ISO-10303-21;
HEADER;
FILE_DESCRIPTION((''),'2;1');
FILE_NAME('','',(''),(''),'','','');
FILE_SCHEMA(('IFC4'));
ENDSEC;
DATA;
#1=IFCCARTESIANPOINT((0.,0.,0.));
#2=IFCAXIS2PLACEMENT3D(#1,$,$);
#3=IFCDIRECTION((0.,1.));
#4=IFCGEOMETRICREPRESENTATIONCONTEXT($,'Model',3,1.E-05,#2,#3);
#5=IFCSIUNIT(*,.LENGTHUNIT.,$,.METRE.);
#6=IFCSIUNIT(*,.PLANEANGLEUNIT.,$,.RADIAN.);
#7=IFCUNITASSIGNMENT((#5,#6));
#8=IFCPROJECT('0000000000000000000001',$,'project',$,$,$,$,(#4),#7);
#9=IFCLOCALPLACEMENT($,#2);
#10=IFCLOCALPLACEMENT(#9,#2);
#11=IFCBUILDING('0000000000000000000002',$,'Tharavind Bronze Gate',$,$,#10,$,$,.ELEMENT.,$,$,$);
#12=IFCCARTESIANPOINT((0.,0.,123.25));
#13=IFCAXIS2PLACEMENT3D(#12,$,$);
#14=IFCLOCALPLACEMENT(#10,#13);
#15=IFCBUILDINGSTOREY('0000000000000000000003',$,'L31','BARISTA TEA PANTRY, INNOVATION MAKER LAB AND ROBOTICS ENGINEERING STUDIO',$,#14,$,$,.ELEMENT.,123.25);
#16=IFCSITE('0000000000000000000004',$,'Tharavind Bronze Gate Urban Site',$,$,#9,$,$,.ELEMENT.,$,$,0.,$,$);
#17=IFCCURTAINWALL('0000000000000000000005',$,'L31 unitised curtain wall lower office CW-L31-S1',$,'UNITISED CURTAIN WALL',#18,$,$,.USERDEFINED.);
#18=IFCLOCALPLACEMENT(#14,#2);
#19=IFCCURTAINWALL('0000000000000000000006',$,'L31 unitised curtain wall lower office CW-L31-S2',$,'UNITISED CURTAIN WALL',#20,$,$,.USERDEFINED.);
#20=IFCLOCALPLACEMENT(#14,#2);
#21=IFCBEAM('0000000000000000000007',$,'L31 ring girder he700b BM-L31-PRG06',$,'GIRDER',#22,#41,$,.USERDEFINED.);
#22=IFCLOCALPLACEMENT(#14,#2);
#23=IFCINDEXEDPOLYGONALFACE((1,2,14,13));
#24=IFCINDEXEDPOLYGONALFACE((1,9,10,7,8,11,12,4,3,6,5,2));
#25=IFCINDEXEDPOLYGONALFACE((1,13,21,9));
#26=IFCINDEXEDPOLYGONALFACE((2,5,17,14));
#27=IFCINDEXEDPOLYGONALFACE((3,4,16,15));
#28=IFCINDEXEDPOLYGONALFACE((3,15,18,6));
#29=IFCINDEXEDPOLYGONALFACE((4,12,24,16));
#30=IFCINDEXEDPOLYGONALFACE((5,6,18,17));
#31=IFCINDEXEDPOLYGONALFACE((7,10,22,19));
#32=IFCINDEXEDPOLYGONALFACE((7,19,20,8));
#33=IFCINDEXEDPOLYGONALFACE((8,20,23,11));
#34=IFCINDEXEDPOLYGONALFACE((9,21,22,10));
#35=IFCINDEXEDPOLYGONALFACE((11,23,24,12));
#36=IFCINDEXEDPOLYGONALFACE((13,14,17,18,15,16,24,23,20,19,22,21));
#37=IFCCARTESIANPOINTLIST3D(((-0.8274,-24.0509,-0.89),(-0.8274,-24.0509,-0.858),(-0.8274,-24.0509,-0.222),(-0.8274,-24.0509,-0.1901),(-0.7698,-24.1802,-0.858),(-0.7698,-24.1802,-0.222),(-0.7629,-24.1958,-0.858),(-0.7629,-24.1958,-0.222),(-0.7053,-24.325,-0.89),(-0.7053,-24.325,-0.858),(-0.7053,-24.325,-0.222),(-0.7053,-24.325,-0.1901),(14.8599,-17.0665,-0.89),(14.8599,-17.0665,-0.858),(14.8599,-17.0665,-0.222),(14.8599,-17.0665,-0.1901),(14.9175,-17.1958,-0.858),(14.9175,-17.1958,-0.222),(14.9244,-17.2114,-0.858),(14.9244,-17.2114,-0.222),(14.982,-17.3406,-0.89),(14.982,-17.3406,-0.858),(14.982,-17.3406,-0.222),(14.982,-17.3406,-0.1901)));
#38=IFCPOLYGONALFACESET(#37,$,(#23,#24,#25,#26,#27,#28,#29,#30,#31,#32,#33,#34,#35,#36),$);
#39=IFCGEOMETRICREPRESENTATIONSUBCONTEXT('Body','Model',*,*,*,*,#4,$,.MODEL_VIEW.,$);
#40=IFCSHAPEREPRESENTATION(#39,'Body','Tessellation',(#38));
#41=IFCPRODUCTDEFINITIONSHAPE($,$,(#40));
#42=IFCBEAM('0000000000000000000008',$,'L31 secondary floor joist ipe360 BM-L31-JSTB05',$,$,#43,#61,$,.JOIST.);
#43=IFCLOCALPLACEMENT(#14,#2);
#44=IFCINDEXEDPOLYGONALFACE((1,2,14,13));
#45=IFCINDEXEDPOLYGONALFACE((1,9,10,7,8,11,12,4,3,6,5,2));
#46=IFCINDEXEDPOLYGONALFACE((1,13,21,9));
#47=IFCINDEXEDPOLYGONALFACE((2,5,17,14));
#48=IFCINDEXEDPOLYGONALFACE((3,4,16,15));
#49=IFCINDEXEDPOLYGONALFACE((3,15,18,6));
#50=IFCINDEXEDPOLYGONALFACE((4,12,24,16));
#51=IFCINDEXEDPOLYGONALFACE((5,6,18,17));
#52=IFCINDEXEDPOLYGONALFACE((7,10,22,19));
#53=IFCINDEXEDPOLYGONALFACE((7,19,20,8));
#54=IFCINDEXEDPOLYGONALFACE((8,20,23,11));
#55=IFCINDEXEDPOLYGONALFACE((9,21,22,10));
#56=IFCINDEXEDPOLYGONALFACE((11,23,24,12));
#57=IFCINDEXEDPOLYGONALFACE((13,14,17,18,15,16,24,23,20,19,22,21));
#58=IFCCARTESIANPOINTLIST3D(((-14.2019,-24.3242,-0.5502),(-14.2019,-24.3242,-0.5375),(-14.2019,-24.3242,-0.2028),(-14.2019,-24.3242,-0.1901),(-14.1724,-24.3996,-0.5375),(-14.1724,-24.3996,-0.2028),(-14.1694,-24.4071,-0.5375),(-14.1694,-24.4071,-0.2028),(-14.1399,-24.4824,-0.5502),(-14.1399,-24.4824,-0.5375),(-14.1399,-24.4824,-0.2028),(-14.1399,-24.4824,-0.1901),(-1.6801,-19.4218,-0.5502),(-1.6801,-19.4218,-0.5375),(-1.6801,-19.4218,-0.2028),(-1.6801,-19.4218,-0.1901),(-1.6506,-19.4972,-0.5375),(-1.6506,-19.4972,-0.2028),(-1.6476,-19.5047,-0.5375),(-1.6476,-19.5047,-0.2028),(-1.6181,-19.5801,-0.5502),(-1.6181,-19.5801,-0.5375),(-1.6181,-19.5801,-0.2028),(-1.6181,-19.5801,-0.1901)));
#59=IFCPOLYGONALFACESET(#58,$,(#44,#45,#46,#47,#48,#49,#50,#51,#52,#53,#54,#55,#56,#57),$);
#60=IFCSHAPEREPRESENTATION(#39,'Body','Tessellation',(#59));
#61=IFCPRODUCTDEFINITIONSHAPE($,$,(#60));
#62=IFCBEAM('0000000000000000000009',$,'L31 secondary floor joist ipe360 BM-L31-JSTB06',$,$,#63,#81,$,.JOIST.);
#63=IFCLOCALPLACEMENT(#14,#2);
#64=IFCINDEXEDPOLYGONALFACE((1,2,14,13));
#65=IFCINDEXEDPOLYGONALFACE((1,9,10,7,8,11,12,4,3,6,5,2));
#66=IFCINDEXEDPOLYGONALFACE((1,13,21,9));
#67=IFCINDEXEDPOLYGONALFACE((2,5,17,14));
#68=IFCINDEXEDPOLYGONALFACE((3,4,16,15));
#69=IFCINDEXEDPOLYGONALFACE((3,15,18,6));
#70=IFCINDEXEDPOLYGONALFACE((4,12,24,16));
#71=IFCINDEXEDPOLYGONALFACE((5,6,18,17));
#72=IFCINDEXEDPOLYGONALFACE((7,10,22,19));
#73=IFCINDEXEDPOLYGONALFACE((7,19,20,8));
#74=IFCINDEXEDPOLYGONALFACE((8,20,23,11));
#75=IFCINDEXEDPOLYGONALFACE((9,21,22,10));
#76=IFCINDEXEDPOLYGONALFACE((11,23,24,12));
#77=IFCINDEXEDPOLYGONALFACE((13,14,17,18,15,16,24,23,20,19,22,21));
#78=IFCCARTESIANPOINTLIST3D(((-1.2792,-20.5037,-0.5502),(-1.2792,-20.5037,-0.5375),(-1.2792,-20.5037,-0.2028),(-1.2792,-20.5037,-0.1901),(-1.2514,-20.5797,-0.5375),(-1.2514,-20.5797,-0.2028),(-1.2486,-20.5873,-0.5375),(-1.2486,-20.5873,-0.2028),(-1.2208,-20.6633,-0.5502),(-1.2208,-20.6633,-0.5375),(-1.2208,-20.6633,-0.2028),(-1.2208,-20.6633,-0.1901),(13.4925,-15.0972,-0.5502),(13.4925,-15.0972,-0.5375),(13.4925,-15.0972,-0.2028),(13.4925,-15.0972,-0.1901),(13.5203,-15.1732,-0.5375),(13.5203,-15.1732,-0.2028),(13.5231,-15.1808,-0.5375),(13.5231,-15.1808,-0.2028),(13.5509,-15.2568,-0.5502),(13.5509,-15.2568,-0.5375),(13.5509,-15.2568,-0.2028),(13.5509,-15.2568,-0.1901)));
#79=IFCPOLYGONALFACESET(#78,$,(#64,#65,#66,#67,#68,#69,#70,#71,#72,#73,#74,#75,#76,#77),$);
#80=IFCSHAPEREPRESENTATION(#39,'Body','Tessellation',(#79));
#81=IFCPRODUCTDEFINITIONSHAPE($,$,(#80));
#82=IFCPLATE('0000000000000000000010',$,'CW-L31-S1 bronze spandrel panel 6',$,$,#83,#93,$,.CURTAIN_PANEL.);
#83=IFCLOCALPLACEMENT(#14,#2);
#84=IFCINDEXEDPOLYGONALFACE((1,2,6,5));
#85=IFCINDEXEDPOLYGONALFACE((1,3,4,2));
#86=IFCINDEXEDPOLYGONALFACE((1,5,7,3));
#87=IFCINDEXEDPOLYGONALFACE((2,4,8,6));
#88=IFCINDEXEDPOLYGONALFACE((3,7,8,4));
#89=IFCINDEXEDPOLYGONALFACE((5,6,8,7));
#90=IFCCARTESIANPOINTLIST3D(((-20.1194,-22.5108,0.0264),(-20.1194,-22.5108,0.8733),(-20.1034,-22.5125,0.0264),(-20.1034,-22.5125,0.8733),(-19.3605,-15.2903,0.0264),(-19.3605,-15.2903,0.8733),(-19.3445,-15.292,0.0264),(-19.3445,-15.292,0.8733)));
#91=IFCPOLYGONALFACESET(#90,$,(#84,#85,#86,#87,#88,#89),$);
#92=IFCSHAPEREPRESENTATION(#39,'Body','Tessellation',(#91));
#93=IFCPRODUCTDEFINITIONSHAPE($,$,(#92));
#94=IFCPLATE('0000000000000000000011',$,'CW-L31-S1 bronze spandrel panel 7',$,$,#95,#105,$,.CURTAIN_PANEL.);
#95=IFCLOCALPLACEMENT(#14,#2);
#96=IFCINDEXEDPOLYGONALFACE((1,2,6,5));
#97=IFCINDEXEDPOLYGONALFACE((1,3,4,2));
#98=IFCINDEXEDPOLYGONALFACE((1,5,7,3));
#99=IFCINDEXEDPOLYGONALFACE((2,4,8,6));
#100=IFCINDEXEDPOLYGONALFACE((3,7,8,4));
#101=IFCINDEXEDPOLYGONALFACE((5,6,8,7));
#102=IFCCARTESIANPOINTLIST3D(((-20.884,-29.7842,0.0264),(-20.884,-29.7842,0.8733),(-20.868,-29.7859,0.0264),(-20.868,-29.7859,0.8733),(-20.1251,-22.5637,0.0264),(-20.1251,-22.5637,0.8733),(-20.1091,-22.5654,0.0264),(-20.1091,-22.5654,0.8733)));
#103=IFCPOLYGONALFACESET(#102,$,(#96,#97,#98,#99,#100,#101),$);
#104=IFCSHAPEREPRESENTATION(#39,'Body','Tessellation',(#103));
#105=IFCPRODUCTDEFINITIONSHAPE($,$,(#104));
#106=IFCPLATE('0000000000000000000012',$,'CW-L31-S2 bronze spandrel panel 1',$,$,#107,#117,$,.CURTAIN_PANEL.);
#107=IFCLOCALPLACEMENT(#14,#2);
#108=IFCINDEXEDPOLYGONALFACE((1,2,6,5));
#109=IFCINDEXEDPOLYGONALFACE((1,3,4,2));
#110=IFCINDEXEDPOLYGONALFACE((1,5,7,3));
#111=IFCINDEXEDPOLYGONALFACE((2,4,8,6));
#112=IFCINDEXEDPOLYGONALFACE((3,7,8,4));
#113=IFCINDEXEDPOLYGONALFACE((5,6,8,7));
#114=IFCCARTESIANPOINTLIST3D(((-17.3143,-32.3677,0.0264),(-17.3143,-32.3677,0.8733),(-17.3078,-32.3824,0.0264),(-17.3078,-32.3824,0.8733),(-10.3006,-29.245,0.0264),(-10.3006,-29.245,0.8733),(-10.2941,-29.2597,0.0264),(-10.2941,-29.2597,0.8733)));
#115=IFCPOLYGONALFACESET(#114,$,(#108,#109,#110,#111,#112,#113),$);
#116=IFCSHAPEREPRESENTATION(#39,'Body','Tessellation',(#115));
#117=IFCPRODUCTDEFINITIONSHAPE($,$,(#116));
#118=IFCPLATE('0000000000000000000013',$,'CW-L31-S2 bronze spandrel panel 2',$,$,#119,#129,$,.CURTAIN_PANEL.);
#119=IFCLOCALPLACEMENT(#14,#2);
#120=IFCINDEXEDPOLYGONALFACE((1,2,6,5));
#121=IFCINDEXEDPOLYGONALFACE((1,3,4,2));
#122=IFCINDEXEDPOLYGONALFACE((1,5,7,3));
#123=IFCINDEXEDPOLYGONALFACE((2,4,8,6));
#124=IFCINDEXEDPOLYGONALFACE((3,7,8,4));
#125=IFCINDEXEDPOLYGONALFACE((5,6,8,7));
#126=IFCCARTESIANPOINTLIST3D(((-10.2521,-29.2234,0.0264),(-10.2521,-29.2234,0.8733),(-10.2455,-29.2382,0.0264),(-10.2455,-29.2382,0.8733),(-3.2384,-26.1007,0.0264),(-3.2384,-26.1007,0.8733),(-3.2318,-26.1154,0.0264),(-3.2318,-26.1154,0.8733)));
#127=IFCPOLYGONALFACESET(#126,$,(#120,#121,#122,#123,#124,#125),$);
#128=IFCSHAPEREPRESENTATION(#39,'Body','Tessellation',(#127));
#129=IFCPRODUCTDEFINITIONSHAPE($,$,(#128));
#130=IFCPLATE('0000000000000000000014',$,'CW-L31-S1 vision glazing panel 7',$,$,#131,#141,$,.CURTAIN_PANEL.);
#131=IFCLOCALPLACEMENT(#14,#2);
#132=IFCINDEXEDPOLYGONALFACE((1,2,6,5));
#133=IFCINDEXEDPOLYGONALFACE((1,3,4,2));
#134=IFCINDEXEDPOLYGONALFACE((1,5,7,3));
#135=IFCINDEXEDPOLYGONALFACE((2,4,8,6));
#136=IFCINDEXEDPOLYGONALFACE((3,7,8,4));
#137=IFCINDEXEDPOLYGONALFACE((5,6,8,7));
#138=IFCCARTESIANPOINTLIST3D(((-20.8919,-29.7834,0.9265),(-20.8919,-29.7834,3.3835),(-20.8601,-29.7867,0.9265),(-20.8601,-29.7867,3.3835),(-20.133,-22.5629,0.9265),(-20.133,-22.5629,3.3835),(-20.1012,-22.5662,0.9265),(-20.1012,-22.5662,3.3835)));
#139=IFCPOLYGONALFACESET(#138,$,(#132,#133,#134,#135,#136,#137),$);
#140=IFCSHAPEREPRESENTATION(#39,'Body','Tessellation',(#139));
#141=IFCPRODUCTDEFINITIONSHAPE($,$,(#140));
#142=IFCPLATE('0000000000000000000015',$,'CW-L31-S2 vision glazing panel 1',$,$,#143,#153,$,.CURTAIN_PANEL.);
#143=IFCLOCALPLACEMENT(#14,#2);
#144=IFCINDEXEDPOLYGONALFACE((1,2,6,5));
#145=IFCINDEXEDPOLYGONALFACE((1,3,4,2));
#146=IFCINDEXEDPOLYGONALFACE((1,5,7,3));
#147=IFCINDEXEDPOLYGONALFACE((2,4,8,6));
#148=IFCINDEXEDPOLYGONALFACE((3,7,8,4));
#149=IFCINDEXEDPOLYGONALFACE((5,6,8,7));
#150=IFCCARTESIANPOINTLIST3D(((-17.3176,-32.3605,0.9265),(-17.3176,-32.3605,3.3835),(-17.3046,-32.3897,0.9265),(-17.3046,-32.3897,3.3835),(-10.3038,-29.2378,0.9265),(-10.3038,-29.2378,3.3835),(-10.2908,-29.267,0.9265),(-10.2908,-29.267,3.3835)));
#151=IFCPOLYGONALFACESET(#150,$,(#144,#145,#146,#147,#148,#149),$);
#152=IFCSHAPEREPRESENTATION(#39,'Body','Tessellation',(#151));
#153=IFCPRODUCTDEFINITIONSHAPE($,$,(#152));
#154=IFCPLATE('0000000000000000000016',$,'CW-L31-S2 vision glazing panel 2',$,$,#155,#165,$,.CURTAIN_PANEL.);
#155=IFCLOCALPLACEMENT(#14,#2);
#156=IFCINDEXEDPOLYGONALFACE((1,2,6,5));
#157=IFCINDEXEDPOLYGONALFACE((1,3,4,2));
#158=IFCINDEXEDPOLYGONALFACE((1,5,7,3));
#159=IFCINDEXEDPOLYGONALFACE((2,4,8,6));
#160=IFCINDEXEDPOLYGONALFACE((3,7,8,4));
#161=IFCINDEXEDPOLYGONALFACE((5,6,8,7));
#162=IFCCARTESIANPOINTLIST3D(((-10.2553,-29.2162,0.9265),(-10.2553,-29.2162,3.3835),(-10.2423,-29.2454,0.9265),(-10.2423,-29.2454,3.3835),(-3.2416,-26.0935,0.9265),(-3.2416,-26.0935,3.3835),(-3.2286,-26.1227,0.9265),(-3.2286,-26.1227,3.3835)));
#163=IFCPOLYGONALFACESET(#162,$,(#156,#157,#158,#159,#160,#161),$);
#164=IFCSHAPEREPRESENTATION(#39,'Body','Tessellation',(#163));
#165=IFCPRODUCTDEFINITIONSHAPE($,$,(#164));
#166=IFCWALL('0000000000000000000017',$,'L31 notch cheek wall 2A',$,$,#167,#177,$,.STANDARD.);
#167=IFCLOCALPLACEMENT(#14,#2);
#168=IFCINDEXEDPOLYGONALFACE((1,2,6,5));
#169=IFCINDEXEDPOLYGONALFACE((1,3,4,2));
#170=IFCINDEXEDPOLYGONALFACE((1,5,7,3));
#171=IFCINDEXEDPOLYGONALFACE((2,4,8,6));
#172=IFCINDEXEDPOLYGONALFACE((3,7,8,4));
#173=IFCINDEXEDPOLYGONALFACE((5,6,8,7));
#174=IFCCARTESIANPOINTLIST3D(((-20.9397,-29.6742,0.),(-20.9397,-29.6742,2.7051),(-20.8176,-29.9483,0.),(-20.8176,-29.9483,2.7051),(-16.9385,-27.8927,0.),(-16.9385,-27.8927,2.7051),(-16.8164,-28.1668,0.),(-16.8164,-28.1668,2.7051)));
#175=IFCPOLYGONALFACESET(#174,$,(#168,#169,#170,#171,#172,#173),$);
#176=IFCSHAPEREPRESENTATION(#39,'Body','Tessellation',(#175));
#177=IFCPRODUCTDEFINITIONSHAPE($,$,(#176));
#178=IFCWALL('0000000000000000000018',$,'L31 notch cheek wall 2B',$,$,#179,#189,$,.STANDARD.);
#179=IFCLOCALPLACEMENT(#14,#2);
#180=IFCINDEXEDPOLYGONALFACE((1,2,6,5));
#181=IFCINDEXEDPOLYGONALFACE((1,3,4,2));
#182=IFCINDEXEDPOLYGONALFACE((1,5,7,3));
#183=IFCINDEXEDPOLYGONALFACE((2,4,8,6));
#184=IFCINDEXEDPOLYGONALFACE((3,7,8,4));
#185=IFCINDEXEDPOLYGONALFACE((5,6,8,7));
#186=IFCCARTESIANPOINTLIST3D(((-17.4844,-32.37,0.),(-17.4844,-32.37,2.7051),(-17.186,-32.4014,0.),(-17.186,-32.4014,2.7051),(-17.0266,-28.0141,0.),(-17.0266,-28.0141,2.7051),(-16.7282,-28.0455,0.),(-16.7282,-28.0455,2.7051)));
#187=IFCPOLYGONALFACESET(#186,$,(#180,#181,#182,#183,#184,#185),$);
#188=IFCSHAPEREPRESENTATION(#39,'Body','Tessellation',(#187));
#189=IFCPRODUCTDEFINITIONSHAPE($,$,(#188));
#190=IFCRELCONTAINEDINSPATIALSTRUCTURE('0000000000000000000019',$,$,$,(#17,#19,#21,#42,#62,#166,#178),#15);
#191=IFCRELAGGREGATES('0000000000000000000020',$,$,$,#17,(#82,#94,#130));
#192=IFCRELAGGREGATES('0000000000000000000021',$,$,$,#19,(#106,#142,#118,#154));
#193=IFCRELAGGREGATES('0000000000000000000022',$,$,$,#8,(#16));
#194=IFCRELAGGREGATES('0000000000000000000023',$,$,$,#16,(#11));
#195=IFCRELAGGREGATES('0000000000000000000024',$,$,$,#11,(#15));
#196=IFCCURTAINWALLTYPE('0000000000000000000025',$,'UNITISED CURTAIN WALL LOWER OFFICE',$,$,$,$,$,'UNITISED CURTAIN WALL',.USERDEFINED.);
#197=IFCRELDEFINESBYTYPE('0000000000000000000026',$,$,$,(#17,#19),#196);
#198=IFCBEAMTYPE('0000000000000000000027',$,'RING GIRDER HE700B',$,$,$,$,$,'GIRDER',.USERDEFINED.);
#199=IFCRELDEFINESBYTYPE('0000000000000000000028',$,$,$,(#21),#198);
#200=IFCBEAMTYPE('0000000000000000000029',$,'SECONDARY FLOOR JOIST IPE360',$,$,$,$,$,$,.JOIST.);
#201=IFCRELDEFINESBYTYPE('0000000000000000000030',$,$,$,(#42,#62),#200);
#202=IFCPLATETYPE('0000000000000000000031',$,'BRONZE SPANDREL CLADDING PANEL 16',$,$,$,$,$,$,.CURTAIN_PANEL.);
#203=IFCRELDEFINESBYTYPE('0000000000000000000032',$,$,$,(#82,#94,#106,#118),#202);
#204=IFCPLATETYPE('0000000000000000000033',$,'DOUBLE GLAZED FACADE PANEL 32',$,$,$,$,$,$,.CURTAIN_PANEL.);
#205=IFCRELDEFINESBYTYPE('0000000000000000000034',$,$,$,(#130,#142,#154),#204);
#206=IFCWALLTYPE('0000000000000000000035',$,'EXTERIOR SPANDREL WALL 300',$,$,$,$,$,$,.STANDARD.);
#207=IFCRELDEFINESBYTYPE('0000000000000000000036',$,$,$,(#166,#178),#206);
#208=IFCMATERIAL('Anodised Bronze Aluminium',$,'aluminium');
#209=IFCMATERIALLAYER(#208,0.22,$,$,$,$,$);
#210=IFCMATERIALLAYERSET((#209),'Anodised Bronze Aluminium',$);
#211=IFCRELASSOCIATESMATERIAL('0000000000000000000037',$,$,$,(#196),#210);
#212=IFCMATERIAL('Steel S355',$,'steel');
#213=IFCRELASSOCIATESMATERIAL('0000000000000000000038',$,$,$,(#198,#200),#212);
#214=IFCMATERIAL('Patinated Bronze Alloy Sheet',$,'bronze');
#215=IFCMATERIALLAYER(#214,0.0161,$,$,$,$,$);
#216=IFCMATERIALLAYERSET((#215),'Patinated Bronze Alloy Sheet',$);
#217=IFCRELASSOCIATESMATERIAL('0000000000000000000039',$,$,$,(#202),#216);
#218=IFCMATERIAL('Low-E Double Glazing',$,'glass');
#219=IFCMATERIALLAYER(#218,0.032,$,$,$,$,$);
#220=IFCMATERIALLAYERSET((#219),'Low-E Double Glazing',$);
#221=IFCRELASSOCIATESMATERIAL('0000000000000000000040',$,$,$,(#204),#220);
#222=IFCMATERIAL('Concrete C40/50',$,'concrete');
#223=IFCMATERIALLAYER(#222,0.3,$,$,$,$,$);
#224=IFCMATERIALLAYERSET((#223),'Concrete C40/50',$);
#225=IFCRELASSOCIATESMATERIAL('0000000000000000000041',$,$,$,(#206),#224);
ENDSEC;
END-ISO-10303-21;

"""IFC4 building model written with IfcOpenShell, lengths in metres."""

from ifc_helpers import new_model, si_unit, direction, frame, frame_2d, origin, origin_2d, place, context, subcontext, project, spatial, rectangle, i_section, extrude, material, layer, layer_set, material_profile, profile_set, type_object, element, aggregate, save


model = new_model("IFC4")

# Units and contexts
model_context = context("Model", 3, precision=1e-05, world=origin(), true_north=direction((0.0, 1.0)))
body_context = subcontext(model_context, "Body", "Model", "MODEL_VIEW")
ifc_project = project(units=[si_unit("LENGTHUNIT", "METRE"), si_unit("PLANEANGLEUNIT", "RADIAN")], contexts=[model_context])

# Site, building, storey
site_placement = place(None, origin())
site = spatial("IfcSite", under=ifc_project, at=site_placement, Name="Tharavind Bronze Gate Urban Site", CompositionType="ELEMENT", RefElevation=0.0)
building_placement = place(site_placement, origin())
building = spatial("IfcBuilding", under=site, at=building_placement, Name="Tharavind Bronze Gate", CompositionType="ELEMENT")
storey_placement = place(building_placement, frame((0.0, 0.0, 123.25)))
storey = spatial("IfcBuildingStorey", under=building, at=storey_placement, Name="L31", Description="BARISTA TEA PANTRY, INNOVATION MAKER LAB AND ROBOTICS ENGINEERING STUDIO", CompositionType="ELEMENT", Elevation=123.25)

# Curtain walls
ifc_material_1 = material(Name="Anodised Bronze Aluminium", Category="aluminium")
ifc_layer_1 = layer(ifc_material_1, 0.22)
ifc_layer_set_1 = layer_set([ifc_layer_1], Name="Anodised Bronze Aluminium")
curtain_wall_type = type_object("IfcCurtainWallType", Name="UNITISED CURTAIN WALL LOWER OFFICE", ElementType="UNITISED CURTAIN WALL", PredefinedType="USERDEFINED", material=ifc_layer_set_1)
curtain_wall_1_placement = place(storey_placement, origin())
curtain_wall_1 = element("IfcCurtainWall", 1, at=curtain_wall_1_placement, inside=storey, type_object=curtain_wall_type, Name="L31 unitised curtain wall lower office CW-L31-S1", ObjectType="UNITISED CURTAIN WALL", PredefinedType="USERDEFINED")
curtain_wall_2_placement = place(storey_placement, origin())
curtain_wall_2 = element("IfcCurtainWall", 2, at=curtain_wall_2_placement, inside=storey, type_object=curtain_wall_type, Name="L31 unitised curtain wall lower office CW-L31-S2", ObjectType="UNITISED CURTAIN WALL", PredefinedType="USERDEFINED")

# Beams
ifc_material_2 = material(Name="Steel S355", Category="steel")
ifc_material_profile_1 = material_profile(ifc_material_2, i_section(OverallWidth=0.3, OverallDepth=0.7, WebThickness=0.0171, FlangeThickness=0.032, at=origin_2d()), Name="HE700B")
ifc_profile_set_1 = profile_set([ifc_material_profile_1], Name="Steel S355")
beam_type_1 = type_object("IfcBeamType", Name="RING GIRDER HE700B", ElementType="GIRDER", PredefinedType="USERDEFINED", material=ifc_profile_set_1)
for number, where, z_axis, x_axis, name in (
    (3, (-0.7664, -24.188, -0.54), (0.913546, 0.406735, 0.0), (-0.406735, 0.913546, 0.0), "L31 ring girder he700b BM-L31-PRG06"),
):
    element("IfcBeam", number, at=place(storey_placement, frame(where, z_axis=z_axis, x_axis=x_axis)), inside=storey, type_object=beam_type_1, Name=name, ObjectType="GIRDER", PredefinedType="USERDEFINED", context=body_context, shape_type="SweptSolid", body=[
        extrude(i_section(OverallWidth=0.3, OverallDepth=0.7, WebThickness=0.0171, FlangeThickness=0.032, at=origin_2d()), origin(), (0.0, 0.0, 1.0), 17.1719),
    ])
ifc_material_profile_2 = material_profile(ifc_material_2, i_section(OverallWidth=0.1699, OverallDepth=0.3601, WebThickness=0.0081, FlangeThickness=0.0127, at=origin_2d()), Name="IPE360")
ifc_profile_set_2 = profile_set([ifc_material_profile_2], Name="Steel S355")
beam_type_2 = type_object("IfcBeamType", Name="SECONDARY FLOOR JOIST IPE360", PredefinedType="JOIST", material=ifc_profile_set_2)
beam_1_placement = place(storey_placement, frame((-14.1709, -24.4033, -0.3701), z_axis=(0.931179, 0.364563, 0.0), x_axis=(-0.364563, 0.931179, 0.0)))
element("IfcBeam", 4, at=beam_1_placement, inside=storey, type_object=beam_type_2, Name="L31 secondary floor joist ipe360 BM-L31-JSTB05", PredefinedType="JOIST", context=body_context, shape_type="SweptSolid", body=[
    extrude(i_section(OverallWidth=0.1699, OverallDepth=0.3601, WebThickness=0.0081, FlangeThickness=0.0127, at=origin_2d()), origin(), (0.0, 0.0, 1.0), 13.4473),
])
beam_2_placement = place(storey_placement, frame((-1.25, -20.5835, -0.3701), z_axis=(0.939078, 0.343705, 0.0), x_axis=(-0.343705, 0.939078, 0.0)))
element("IfcBeam", 5, at=beam_2_placement, inside=storey, type_object=beam_type_2, Name="L31 secondary floor joist ipe360 BM-L31-JSTB06", PredefinedType="JOIST", context=body_context, shape_type="SweptSolid", body=[
    extrude(i_section(OverallWidth=0.1699, OverallDepth=0.3601, WebThickness=0.0081, FlangeThickness=0.0127, at=origin_2d()), origin(), (0.0, 0.0, 1.0), 15.73),
])

# Plates
ifc_material_3 = material(Name="Patinated Bronze Alloy Sheet", Category="bronze")
ifc_layer_2 = layer(ifc_material_3, 0.0161)
ifc_layer_set_2 = layer_set([ifc_layer_2], Name="Patinated Bronze Alloy Sheet")
plate_type_1 = type_object("IfcPlateType", Name="BRONZE SPANDREL CLADDING PANEL 16", PredefinedType="CURTAIN_PANEL", material=ifc_layer_set_2)
plate_1_placement = place(storey_placement, frame((-19.7319, -18.9014, 0.0264), z_axis=(0.0, 0.0, 1.0), x_axis=(-0.104527, -0.994522, 0.0)))
plate_1 = element("IfcPlate", 6, at=plate_1_placement, type_object=plate_type_1, Name="CW-L31-S1 bronze spandrel panel 6", PredefinedType="CURTAIN_PANEL", context=body_context, shape_type="SweptSolid", body=[
    extrude(rectangle(XDim=7.2603, YDim=0.0161, at=origin_2d()), origin(), (0.0, 0.0, 1.0), 0.8469),
])
plate_2_placement = place(storey_placement, frame((-20.4966, -26.1748, 0.0264), z_axis=(0.0, 0.0, 1.0), x_axis=(-0.104527, -0.994522, 0.0)))
plate_2 = element("IfcPlate", 7, at=plate_2_placement, type_object=plate_type_1, Name="CW-L31-S1 bronze spandrel panel 7", PredefinedType="CURTAIN_PANEL", context=body_context, shape_type="SweptSolid", body=[
    extrude(rectangle(XDim=7.2603, YDim=0.0161, at=origin_2d()), origin(), (0.0, 0.0, 1.0), 0.8469),
])
plate_3_placement = place(storey_placement, frame((-13.8042, -30.8137, 0.0264), z_axis=(0.0, 0.0, 1.0), x_axis=(0.913545, 0.406737, 0.0)))
plate_3 = element("IfcPlate", 8, at=plate_3_placement, type_object=plate_type_1, Name="CW-L31-S2 bronze spandrel panel 1", PredefinedType="CURTAIN_PANEL", context=body_context, shape_type="SweptSolid", body=[
    extrude(rectangle(XDim=7.6775, YDim=0.0161, at=origin_2d()), origin(), (0.0, 0.0, 1.0), 0.8469),
])
plate_4_placement = place(storey_placement, frame((-6.7419, -27.6694, 0.0264), z_axis=(0.0, 0.0, 1.0), x_axis=(0.913545, 0.406737, 0.0)))
plate_4 = element("IfcPlate", 9, at=plate_4_placement, type_object=plate_type_1, Name="CW-L31-S2 bronze spandrel panel 2", PredefinedType="CURTAIN_PANEL", context=body_context, shape_type="SweptSolid", body=[
    extrude(rectangle(XDim=7.6775, YDim=0.0161, at=origin_2d()), origin(), (0.0, 0.0, 1.0), 0.8469),
])
ifc_material_4 = material(Name="Low-E Double Glazing", Category="glass")
ifc_layer_3 = layer(ifc_material_4, 0.032)
ifc_layer_set_3 = layer_set([ifc_layer_3], Name="Low-E Double Glazing")
plate_type_2 = type_object("IfcPlateType", Name="DOUBLE GLAZED FACADE PANEL 32", PredefinedType="CURTAIN_PANEL", material=ifc_layer_set_3)
plate_5_placement = place(storey_placement, frame((-20.4966, -26.1748, 0.9265), z_axis=(0.0, 0.0, 1.0), x_axis=(-0.104527, -0.994522, 0.0)))
plate_5 = element("IfcPlate", 10, at=plate_5_placement, type_object=plate_type_2, Name="CW-L31-S1 vision glazing panel 7", PredefinedType="CURTAIN_PANEL", context=body_context, shape_type="SweptSolid", body=[
    extrude(rectangle(XDim=7.2603, YDim=0.032, at=origin_2d()), origin(), (0.0, 0.0, 1.0), 2.457),
])
aggregate(curtain_wall_1, [plate_1, plate_2, plate_5])
plate_6_placement = place(storey_placement, frame((-13.8042, -30.8137, 0.9265), z_axis=(0.0, 0.0, 1.0), x_axis=(0.913545, 0.406737, 0.0)))
plate_6 = element("IfcPlate", 11, at=plate_6_placement, type_object=plate_type_2, Name="CW-L31-S2 vision glazing panel 1", PredefinedType="CURTAIN_PANEL", context=body_context, shape_type="SweptSolid", body=[
    extrude(rectangle(XDim=7.6775, YDim=0.032, at=origin_2d()), origin(), (0.0, 0.0, 1.0), 2.457),
])
plate_7_placement = place(storey_placement, frame((-6.7419, -27.6694, 0.9265), z_axis=(0.0, 0.0, 1.0), x_axis=(0.913545, 0.406737, 0.0)))
plate_7 = element("IfcPlate", 12, at=plate_7_placement, type_object=plate_type_2, Name="CW-L31-S2 vision glazing panel 2", PredefinedType="CURTAIN_PANEL", context=body_context, shape_type="SweptSolid", body=[
    extrude(rectangle(XDim=7.6775, YDim=0.032, at=origin_2d()), origin(), (0.0, 0.0, 1.0), 2.457),
])
aggregate(curtain_wall_2, [plate_3, plate_6, plate_4, plate_7])

# Walls
ifc_material_5 = material(Name="Concrete C40/50", Category="concrete")
ifc_layer_4 = layer(ifc_material_5, 0.3)
ifc_layer_set_4 = layer_set([ifc_layer_4], Name="Concrete C40/50")
wall_type_1 = type_object("IfcWallType", Name="EXTERIOR SPANDREL WALL 300", PredefinedType="STANDARD", material=ifc_layer_set_4)
for number, where, z_axis, x_axis, name in (
    (13, (-20.8787, -29.8113, 0.0), (0.0, 0.0, 1.0), (0.913542, 0.406743, 0.0), "L31 notch cheek wall 2A"),
    (14, (-16.8774, -28.0298, 0.0), (0.0, 0.0, 1.0), (-0.104514, -0.994523, 0.0), "L31 notch cheek wall 2B"),
):
    element("IfcWall", number, at=place(storey_placement, frame(where, z_axis=z_axis, x_axis=x_axis)), inside=storey, type_object=wall_type_1, Name=name, PredefinedType="STANDARD", context=body_context, shape_type="SweptSolid", body=[
        extrude(rectangle(XDim=4.3799, YDim=0.3, at=frame_2d((2.1899, 0.0))), origin(), (0.0, 0.0, 1.0), 2.7051),
    ])

save(model, "model.ifc")
